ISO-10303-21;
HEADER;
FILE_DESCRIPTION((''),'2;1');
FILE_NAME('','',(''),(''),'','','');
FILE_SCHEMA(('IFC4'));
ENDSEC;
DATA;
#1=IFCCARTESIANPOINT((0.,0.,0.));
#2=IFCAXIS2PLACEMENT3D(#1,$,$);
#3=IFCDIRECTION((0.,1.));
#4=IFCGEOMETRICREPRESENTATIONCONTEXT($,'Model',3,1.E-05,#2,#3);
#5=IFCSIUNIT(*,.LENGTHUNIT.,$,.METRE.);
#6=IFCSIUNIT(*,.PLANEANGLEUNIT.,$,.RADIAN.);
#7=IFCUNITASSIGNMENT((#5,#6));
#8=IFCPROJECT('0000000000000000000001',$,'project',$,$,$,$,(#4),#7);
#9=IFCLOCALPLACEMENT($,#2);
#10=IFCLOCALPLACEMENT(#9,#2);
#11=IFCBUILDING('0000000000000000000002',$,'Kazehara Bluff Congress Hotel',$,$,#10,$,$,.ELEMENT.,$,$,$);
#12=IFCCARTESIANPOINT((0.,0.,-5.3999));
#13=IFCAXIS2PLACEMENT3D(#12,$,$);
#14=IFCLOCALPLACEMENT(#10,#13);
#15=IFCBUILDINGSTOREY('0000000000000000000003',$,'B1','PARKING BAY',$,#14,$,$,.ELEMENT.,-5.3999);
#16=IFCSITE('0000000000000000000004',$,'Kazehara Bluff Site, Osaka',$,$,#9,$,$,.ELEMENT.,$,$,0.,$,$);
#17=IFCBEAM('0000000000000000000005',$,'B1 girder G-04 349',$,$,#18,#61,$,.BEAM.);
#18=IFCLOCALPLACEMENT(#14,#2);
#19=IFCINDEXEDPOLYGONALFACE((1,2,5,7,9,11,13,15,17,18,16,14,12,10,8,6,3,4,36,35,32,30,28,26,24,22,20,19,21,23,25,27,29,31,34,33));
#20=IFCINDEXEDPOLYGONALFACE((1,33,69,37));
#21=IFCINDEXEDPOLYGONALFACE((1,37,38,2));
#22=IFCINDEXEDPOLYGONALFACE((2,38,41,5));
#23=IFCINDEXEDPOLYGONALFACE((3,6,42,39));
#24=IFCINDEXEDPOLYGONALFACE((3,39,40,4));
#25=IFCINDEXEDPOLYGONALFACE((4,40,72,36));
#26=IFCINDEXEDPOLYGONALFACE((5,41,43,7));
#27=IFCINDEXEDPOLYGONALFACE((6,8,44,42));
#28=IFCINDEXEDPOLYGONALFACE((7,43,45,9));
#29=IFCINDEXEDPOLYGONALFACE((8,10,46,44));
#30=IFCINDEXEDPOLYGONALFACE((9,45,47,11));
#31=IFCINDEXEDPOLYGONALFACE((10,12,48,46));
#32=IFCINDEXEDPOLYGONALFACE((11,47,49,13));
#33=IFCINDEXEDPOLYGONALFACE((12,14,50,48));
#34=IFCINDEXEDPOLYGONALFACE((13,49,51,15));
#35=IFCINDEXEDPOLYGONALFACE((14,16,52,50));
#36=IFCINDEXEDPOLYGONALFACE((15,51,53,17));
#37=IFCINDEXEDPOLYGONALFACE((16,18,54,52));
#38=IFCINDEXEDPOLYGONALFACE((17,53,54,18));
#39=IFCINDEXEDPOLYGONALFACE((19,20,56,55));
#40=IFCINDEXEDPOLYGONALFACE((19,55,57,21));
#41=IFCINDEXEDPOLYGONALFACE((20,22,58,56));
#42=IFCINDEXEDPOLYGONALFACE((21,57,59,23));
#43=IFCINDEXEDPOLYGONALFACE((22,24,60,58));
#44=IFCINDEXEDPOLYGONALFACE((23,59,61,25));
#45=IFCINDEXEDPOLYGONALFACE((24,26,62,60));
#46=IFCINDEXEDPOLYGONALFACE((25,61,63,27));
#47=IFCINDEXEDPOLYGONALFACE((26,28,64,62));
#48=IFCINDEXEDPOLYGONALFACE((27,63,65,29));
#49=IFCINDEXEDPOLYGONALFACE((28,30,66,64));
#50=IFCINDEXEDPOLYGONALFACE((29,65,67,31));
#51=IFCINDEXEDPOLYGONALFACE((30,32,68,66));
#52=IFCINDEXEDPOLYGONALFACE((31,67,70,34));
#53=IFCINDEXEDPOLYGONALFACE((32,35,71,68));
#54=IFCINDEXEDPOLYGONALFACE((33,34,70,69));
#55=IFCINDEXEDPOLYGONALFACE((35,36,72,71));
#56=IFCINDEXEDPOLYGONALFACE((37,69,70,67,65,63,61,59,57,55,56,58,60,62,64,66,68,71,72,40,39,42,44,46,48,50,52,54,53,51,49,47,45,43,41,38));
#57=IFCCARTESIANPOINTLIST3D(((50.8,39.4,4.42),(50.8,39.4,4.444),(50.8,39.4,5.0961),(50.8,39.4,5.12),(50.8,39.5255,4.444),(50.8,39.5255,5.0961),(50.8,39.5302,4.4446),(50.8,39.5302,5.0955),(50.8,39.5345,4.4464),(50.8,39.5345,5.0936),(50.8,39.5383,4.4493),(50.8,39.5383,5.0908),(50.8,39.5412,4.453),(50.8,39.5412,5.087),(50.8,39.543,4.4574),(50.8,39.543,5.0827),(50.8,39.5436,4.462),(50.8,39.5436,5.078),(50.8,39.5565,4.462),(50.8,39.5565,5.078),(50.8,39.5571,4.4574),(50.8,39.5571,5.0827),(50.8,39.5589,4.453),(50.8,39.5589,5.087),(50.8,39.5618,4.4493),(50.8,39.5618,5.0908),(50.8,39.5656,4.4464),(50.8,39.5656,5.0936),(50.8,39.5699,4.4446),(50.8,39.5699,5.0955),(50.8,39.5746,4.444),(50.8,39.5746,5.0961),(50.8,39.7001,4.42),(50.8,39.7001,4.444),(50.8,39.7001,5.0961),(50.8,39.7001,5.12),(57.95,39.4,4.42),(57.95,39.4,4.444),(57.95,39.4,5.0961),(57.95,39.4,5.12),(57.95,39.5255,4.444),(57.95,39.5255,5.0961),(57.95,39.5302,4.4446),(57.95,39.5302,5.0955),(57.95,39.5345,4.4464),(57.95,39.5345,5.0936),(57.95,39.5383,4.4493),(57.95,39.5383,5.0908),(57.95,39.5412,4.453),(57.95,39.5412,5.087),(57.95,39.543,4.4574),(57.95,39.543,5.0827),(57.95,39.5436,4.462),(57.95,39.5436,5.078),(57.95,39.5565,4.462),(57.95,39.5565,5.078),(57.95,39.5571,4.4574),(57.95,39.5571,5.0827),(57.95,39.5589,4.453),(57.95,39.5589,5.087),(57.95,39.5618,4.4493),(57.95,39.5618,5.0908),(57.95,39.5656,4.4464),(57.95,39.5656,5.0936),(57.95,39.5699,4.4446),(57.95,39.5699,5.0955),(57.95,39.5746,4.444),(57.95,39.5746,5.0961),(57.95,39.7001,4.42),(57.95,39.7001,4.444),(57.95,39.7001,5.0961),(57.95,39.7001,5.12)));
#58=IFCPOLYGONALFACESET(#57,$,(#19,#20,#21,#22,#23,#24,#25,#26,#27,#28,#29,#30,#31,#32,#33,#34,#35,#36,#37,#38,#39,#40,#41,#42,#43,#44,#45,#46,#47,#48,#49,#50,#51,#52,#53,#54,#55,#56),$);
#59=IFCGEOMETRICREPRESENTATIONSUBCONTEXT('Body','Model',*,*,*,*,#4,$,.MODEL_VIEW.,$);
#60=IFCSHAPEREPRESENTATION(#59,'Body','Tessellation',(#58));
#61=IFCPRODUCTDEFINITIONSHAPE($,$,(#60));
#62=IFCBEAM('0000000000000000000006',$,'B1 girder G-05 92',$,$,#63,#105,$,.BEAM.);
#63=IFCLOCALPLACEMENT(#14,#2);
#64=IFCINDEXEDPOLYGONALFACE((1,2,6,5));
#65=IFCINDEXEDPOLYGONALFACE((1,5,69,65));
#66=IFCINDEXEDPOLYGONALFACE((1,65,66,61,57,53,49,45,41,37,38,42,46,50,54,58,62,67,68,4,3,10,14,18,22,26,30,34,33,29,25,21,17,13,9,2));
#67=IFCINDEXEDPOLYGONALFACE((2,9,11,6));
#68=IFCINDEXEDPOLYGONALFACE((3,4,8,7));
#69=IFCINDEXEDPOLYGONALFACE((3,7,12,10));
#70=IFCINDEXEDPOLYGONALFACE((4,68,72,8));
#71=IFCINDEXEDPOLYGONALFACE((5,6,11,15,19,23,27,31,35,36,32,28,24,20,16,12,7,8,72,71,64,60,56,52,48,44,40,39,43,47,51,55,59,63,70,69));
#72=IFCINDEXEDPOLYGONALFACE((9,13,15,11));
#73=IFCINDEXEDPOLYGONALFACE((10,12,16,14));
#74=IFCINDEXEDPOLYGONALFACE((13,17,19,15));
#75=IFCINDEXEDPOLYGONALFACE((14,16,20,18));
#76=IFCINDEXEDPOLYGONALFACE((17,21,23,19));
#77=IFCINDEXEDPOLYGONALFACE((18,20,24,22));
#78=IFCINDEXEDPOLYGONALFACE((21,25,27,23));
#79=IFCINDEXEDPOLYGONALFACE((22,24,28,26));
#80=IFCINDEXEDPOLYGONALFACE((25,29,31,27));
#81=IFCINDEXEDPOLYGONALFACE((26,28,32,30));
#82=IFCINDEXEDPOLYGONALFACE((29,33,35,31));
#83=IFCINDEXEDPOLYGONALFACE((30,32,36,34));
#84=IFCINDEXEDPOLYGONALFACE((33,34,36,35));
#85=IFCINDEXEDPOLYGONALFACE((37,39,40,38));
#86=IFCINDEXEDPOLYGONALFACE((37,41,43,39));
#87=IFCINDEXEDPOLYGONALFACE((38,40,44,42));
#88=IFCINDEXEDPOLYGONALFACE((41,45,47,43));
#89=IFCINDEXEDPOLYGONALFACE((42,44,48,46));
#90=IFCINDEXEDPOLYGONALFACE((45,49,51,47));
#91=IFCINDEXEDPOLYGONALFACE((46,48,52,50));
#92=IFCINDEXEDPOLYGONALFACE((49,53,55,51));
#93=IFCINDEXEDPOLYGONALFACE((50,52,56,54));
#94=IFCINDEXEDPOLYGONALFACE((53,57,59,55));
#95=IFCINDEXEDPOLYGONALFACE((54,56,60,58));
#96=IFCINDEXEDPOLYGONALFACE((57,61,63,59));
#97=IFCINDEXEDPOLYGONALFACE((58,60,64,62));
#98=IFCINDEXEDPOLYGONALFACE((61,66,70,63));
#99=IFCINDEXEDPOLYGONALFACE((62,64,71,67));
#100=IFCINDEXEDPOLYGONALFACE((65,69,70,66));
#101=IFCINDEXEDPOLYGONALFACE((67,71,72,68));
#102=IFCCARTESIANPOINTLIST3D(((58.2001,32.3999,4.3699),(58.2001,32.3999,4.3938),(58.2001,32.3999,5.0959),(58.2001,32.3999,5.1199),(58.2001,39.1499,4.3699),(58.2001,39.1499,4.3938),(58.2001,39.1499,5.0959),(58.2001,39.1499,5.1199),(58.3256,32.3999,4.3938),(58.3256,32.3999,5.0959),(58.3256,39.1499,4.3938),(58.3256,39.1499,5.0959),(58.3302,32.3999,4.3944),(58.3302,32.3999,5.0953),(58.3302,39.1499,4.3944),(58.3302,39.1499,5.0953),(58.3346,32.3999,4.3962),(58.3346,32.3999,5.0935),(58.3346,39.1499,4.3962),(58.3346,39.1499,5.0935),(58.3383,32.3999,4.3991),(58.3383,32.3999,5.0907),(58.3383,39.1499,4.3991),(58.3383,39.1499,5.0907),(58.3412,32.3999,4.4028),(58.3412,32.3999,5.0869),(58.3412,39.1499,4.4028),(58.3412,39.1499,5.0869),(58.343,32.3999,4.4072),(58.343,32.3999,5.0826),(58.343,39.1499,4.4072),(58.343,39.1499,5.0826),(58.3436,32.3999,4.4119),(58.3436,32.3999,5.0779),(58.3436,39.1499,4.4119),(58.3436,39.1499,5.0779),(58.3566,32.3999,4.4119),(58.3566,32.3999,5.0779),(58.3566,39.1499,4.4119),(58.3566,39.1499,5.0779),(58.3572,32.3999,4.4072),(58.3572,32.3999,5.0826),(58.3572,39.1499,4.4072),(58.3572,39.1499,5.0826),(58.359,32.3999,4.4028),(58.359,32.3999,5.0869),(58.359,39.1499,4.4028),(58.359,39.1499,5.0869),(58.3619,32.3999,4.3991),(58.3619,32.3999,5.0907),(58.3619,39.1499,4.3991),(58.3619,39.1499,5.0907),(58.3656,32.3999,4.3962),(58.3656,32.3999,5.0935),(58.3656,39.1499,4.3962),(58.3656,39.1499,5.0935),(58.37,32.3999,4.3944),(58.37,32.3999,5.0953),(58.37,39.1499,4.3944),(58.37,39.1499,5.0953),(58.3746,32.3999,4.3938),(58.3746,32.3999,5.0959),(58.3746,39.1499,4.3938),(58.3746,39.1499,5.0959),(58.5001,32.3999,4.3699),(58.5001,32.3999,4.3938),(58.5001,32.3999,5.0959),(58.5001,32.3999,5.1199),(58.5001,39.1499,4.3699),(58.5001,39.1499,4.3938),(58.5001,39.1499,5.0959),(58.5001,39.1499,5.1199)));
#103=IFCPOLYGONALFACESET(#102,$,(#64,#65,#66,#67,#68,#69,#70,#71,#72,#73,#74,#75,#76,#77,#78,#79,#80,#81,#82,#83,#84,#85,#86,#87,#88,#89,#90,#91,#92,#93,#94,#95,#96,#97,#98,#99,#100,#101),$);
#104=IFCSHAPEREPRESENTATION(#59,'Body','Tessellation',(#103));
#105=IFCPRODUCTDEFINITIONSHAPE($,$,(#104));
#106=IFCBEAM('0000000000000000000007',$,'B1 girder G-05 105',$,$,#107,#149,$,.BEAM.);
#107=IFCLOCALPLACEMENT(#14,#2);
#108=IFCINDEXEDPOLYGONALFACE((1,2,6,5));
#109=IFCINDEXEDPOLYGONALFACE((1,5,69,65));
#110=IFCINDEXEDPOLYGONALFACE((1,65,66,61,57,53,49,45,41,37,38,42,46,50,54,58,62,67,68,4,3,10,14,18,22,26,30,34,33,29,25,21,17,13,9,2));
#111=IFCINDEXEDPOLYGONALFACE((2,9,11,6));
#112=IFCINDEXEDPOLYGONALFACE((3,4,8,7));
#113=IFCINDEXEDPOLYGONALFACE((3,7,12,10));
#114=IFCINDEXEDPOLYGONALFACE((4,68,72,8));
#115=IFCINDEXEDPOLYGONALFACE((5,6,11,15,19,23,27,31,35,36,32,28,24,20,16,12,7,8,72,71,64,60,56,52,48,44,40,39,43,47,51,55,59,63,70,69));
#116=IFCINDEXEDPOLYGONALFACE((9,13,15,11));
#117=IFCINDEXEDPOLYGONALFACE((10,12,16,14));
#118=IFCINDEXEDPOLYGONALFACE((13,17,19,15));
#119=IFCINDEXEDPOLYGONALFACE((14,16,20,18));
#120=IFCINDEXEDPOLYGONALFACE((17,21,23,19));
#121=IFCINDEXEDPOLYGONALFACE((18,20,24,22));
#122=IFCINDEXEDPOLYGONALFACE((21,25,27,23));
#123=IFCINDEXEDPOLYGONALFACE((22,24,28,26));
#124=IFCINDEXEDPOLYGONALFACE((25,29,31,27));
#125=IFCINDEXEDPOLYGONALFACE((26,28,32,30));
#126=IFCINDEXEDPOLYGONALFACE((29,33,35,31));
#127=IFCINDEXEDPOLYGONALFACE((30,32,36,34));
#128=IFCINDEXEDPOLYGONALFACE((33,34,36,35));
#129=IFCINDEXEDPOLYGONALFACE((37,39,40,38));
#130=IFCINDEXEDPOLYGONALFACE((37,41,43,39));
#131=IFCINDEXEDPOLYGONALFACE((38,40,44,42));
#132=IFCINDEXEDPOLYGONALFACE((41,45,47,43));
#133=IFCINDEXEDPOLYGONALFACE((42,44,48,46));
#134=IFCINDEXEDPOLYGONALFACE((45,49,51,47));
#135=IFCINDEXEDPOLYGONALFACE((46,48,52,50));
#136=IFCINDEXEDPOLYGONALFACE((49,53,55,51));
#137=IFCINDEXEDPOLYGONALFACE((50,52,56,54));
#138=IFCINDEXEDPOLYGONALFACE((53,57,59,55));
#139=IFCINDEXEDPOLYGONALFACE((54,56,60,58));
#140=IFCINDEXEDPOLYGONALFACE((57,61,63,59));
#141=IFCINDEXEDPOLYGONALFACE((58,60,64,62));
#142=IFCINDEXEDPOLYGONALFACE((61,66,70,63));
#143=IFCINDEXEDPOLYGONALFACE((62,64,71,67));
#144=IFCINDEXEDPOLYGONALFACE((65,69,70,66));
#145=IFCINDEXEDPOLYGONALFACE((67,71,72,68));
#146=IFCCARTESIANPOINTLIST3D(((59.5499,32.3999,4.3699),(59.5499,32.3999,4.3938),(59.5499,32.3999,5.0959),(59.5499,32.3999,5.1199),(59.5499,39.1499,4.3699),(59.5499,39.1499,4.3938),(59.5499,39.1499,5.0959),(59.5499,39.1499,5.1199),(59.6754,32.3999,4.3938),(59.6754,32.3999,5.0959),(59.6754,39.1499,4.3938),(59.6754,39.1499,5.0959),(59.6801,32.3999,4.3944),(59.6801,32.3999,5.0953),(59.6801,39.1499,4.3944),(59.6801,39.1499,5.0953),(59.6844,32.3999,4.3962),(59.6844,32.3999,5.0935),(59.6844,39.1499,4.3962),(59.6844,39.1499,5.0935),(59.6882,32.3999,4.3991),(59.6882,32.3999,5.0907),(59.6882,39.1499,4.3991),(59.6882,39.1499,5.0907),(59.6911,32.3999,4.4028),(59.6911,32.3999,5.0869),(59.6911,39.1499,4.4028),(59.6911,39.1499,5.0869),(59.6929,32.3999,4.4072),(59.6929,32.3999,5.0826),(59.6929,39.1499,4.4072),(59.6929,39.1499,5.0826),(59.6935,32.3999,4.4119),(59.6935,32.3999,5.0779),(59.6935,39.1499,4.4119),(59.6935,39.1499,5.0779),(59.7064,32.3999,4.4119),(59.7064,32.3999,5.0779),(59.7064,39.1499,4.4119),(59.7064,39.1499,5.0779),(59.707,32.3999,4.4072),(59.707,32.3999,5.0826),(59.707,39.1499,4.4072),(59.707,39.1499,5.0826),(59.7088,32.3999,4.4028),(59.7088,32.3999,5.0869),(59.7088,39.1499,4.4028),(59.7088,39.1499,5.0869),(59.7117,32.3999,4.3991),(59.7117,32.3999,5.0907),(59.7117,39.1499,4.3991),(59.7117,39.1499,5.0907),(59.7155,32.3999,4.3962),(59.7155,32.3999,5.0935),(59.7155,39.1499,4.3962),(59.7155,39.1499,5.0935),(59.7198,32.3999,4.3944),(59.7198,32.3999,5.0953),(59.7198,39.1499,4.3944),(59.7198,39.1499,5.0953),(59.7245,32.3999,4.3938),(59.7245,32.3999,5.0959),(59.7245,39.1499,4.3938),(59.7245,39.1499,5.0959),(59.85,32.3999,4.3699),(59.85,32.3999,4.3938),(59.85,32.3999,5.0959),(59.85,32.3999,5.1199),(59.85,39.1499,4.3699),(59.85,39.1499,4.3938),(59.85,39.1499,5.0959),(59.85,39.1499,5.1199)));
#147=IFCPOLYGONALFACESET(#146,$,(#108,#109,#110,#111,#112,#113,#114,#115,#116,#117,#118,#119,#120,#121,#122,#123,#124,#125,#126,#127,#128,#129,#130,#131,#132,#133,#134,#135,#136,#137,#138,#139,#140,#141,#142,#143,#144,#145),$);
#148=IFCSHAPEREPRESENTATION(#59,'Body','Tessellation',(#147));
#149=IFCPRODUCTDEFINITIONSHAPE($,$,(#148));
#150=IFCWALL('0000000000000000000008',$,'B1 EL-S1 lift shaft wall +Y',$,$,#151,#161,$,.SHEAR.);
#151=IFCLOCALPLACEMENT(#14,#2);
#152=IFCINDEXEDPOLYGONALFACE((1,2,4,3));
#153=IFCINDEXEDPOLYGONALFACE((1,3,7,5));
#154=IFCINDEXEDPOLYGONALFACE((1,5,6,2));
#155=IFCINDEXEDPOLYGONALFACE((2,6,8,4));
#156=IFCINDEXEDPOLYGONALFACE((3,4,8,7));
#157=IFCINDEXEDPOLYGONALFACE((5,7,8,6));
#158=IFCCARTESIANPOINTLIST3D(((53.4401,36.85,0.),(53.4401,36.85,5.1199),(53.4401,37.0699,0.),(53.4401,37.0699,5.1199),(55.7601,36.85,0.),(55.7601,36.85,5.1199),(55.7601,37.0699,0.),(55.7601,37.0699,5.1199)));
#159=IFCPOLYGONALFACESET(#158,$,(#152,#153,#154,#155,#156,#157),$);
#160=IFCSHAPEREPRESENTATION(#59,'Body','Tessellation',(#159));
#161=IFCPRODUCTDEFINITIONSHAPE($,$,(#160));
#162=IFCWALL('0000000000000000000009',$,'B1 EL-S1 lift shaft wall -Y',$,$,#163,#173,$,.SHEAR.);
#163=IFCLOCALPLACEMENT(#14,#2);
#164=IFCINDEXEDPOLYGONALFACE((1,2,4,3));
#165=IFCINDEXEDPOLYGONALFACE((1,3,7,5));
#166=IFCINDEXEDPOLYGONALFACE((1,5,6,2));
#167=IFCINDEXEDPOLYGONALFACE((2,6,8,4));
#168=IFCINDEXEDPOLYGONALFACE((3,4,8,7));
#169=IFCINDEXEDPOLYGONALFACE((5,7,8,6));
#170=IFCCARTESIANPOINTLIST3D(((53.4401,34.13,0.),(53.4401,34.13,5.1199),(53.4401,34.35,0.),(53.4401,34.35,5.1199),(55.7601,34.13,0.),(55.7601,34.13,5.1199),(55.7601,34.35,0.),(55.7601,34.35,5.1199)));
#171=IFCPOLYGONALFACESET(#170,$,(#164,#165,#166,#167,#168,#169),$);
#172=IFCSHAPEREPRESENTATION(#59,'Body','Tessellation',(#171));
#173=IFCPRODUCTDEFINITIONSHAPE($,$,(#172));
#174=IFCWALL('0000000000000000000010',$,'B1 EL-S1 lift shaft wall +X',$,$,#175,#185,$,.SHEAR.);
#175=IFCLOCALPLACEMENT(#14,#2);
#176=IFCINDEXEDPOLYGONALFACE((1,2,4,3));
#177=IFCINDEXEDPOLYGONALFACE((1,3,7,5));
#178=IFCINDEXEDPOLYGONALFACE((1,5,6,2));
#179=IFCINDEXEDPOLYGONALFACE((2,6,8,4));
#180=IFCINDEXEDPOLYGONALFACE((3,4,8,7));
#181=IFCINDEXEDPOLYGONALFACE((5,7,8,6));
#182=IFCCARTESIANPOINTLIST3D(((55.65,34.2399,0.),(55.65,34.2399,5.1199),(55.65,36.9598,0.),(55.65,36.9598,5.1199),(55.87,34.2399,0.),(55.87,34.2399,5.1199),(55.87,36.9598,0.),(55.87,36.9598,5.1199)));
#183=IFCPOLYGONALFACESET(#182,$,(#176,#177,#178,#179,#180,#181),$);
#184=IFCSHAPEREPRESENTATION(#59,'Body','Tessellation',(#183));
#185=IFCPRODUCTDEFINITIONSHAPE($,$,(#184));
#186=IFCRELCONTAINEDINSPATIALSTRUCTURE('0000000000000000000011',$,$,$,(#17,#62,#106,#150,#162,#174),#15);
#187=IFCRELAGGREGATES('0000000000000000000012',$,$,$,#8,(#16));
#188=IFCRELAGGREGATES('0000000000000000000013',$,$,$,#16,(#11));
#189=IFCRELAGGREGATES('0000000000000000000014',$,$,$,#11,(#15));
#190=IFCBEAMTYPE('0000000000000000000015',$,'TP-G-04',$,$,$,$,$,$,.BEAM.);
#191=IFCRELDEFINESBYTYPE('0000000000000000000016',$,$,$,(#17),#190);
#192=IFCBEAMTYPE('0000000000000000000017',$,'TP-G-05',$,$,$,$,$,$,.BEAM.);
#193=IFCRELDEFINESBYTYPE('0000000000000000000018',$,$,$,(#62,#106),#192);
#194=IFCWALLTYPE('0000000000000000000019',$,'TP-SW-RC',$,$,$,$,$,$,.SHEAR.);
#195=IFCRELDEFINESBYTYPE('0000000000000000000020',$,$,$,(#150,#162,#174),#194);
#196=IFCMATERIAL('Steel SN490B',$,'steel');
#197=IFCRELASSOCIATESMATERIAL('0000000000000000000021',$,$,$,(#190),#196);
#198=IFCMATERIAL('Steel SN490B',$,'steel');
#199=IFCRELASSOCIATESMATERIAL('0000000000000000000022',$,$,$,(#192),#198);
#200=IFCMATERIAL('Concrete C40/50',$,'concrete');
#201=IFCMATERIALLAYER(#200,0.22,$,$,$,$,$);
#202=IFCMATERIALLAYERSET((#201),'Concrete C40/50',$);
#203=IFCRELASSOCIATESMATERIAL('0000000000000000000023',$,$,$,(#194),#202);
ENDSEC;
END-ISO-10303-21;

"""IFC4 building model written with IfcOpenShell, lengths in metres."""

from ifc_helpers import new_model, si_unit, direction, frame, frame_2d, origin, origin_2d, place, context, subcontext, project, spatial, rectangle, i_section, extrude, material, layer, layer_set, material_profile, profile_set, type_object, element, save


model = new_model("IFC4")

# Units and contexts
model_context = context("Model", 3, precision=1e-05, world=origin(), true_north=direction((0.0, 1.0)))
body_context = subcontext(model_context, "Body", "Model", "MODEL_VIEW")
ifc_project = project(units=[si_unit("LENGTHUNIT", "METRE"), si_unit("PLANEANGLEUNIT", "RADIAN")], contexts=[model_context])

# Site, building, storey
site_placement = place(None, origin())
site = spatial("IfcSite", under=ifc_project, at=site_placement, Name="Kazehara Bluff Site, Osaka", CompositionType="ELEMENT", RefElevation=0.0)
building_placement = place(site_placement, origin())
building = spatial("IfcBuilding", under=site, at=building_placement, Name="Kazehara Bluff Congress Hotel", CompositionType="ELEMENT")
storey_placement = place(building_placement, frame((0.0, 0.0, -5.3999)))
storey = spatial("IfcBuildingStorey", under=building, at=storey_placement, Name="B1", Description="PARKING BAY", CompositionType="ELEMENT", Elevation=-5.3999)

# Beams
ifc_material_1 = material(Name="Steel SN490B", Category="steel")
ifc_material_profile_1 = material_profile(ifc_material_1, i_section(OverallWidth=0.3, OverallDepth=0.7, WebThickness=0.0129, FlangeThickness=0.0239, FilletRadius=0.0181, at=origin_2d()))
ifc_profile_set_1 = profile_set([ifc_material_profile_1], Name="Steel SN490B")
beam_type_1 = type_object("IfcBeamType", Name="TP-G-04", PredefinedType="BEAM", material=ifc_profile_set_1)
for number, where, z_axis, x_axis, name in (
    (1, (50.8, 39.55, 4.77), (1.0, 0.0, 0.0), (0.0, 1.0, 0.0), "B1 girder G-04 349"),
):
    element("IfcBeam", number, at=place(storey_placement, frame(where, z_axis=z_axis, x_axis=x_axis)), inside=storey, type_object=beam_type_1, Name=name, PredefinedType="BEAM", context=body_context, shape_type="SweptSolid", body=[
        extrude(i_section(OverallWidth=0.3, OverallDepth=0.7, WebThickness=0.0129, FlangeThickness=0.0239, FilletRadius=0.0181, at=origin_2d()), origin(), (0.0, 0.0, 1.0), 7.1499),
    ])
ifc_material_2 = material(Name="Steel SN490B", Category="steel")
ifc_material_profile_2 = material_profile(ifc_material_2, i_section(OverallWidth=0.3, OverallDepth=0.75, WebThickness=0.0129, FlangeThickness=0.0239, FilletRadius=0.0181, at=origin_2d()))
ifc_profile_set_2 = profile_set([ifc_material_profile_2], Name="Steel SN490B")
beam_type_2 = type_object("IfcBeamType", Name="TP-G-05", PredefinedType="BEAM", material=ifc_profile_set_2)
for number, where, z_axis, x_axis, name in (
    (2, (58.3501, 32.3999, 4.7449), (0.0, 1.0, 0.0), (-1.0, 0.0, 0.0), "B1 girder G-05 92"),
    (3, (59.7, 32.3999, 4.7449), (0.0, 1.0, 0.0), (-1.0, 0.0, 0.0), "B1 girder G-05 105"),
):
    element("IfcBeam", number, at=place(storey_placement, frame(where, z_axis=z_axis, x_axis=x_axis)), inside=storey, type_object=beam_type_2, Name=name, PredefinedType="BEAM", context=body_context, shape_type="SweptSolid", body=[
        extrude(i_section(OverallWidth=0.3, OverallDepth=0.75, WebThickness=0.0129, FlangeThickness=0.0239, FilletRadius=0.0181, at=origin_2d()), origin(), (0.0, 0.0, 1.0), 6.75),
    ])

# Walls
ifc_material_3 = material(Name="Concrete C40/50", Category="concrete")
ifc_layer_1 = layer(ifc_material_3, 0.22)
ifc_layer_set_1 = layer_set([ifc_layer_1], Name="Concrete C40/50")
wall_type = type_object("IfcWallType", Name="TP-SW-RC", PredefinedType="SHEAR", material=ifc_layer_set_1)
for number, where, z_axis, x_axis, name in (
    (4, (53.4399, 36.96, 0.0), (0.0, 0.0, 1.0), (1.0, 0.0, 0.0), "B1 EL-S1 lift shaft wall +Y"),
    (5, (53.4399, 34.24, 0.0), (0.0, 0.0, 1.0), (1.0, 0.0, 0.0), "B1 EL-S1 lift shaft wall -Y"),
):
    element("IfcWall", number, at=place(storey_placement, frame(where, z_axis=z_axis, x_axis=x_axis)), inside=storey, type_object=wall_type, Name=name, PredefinedType="SHEAR", context=body_context, shape_type="SweptSolid", body=[
        extrude(rectangle(XDim=2.3201, YDim=0.22, at=frame_2d((1.1602, 0.0))), origin(), (0.0, 0.0, 1.0), 5.1199),
    ])
wall_1_placement = place(storey_placement, frame((55.76, 34.24, 0.0), z_axis=(0.0, 0.0, 1.0), x_axis=(0.0, 1.0, 0.0)))
element("IfcWall", 6, at=wall_1_placement, inside=storey, type_object=wall_type, Name="B1 EL-S1 lift shaft wall +X", PredefinedType="SHEAR", context=body_context, shape_type="SweptSolid", body=[
    extrude(rectangle(XDim=2.72, YDim=0.22, at=frame_2d((1.3599, 0.0))), origin(), (0.0, 0.0, 1.0), 5.1199),
])

save(model, "model.ifc")
